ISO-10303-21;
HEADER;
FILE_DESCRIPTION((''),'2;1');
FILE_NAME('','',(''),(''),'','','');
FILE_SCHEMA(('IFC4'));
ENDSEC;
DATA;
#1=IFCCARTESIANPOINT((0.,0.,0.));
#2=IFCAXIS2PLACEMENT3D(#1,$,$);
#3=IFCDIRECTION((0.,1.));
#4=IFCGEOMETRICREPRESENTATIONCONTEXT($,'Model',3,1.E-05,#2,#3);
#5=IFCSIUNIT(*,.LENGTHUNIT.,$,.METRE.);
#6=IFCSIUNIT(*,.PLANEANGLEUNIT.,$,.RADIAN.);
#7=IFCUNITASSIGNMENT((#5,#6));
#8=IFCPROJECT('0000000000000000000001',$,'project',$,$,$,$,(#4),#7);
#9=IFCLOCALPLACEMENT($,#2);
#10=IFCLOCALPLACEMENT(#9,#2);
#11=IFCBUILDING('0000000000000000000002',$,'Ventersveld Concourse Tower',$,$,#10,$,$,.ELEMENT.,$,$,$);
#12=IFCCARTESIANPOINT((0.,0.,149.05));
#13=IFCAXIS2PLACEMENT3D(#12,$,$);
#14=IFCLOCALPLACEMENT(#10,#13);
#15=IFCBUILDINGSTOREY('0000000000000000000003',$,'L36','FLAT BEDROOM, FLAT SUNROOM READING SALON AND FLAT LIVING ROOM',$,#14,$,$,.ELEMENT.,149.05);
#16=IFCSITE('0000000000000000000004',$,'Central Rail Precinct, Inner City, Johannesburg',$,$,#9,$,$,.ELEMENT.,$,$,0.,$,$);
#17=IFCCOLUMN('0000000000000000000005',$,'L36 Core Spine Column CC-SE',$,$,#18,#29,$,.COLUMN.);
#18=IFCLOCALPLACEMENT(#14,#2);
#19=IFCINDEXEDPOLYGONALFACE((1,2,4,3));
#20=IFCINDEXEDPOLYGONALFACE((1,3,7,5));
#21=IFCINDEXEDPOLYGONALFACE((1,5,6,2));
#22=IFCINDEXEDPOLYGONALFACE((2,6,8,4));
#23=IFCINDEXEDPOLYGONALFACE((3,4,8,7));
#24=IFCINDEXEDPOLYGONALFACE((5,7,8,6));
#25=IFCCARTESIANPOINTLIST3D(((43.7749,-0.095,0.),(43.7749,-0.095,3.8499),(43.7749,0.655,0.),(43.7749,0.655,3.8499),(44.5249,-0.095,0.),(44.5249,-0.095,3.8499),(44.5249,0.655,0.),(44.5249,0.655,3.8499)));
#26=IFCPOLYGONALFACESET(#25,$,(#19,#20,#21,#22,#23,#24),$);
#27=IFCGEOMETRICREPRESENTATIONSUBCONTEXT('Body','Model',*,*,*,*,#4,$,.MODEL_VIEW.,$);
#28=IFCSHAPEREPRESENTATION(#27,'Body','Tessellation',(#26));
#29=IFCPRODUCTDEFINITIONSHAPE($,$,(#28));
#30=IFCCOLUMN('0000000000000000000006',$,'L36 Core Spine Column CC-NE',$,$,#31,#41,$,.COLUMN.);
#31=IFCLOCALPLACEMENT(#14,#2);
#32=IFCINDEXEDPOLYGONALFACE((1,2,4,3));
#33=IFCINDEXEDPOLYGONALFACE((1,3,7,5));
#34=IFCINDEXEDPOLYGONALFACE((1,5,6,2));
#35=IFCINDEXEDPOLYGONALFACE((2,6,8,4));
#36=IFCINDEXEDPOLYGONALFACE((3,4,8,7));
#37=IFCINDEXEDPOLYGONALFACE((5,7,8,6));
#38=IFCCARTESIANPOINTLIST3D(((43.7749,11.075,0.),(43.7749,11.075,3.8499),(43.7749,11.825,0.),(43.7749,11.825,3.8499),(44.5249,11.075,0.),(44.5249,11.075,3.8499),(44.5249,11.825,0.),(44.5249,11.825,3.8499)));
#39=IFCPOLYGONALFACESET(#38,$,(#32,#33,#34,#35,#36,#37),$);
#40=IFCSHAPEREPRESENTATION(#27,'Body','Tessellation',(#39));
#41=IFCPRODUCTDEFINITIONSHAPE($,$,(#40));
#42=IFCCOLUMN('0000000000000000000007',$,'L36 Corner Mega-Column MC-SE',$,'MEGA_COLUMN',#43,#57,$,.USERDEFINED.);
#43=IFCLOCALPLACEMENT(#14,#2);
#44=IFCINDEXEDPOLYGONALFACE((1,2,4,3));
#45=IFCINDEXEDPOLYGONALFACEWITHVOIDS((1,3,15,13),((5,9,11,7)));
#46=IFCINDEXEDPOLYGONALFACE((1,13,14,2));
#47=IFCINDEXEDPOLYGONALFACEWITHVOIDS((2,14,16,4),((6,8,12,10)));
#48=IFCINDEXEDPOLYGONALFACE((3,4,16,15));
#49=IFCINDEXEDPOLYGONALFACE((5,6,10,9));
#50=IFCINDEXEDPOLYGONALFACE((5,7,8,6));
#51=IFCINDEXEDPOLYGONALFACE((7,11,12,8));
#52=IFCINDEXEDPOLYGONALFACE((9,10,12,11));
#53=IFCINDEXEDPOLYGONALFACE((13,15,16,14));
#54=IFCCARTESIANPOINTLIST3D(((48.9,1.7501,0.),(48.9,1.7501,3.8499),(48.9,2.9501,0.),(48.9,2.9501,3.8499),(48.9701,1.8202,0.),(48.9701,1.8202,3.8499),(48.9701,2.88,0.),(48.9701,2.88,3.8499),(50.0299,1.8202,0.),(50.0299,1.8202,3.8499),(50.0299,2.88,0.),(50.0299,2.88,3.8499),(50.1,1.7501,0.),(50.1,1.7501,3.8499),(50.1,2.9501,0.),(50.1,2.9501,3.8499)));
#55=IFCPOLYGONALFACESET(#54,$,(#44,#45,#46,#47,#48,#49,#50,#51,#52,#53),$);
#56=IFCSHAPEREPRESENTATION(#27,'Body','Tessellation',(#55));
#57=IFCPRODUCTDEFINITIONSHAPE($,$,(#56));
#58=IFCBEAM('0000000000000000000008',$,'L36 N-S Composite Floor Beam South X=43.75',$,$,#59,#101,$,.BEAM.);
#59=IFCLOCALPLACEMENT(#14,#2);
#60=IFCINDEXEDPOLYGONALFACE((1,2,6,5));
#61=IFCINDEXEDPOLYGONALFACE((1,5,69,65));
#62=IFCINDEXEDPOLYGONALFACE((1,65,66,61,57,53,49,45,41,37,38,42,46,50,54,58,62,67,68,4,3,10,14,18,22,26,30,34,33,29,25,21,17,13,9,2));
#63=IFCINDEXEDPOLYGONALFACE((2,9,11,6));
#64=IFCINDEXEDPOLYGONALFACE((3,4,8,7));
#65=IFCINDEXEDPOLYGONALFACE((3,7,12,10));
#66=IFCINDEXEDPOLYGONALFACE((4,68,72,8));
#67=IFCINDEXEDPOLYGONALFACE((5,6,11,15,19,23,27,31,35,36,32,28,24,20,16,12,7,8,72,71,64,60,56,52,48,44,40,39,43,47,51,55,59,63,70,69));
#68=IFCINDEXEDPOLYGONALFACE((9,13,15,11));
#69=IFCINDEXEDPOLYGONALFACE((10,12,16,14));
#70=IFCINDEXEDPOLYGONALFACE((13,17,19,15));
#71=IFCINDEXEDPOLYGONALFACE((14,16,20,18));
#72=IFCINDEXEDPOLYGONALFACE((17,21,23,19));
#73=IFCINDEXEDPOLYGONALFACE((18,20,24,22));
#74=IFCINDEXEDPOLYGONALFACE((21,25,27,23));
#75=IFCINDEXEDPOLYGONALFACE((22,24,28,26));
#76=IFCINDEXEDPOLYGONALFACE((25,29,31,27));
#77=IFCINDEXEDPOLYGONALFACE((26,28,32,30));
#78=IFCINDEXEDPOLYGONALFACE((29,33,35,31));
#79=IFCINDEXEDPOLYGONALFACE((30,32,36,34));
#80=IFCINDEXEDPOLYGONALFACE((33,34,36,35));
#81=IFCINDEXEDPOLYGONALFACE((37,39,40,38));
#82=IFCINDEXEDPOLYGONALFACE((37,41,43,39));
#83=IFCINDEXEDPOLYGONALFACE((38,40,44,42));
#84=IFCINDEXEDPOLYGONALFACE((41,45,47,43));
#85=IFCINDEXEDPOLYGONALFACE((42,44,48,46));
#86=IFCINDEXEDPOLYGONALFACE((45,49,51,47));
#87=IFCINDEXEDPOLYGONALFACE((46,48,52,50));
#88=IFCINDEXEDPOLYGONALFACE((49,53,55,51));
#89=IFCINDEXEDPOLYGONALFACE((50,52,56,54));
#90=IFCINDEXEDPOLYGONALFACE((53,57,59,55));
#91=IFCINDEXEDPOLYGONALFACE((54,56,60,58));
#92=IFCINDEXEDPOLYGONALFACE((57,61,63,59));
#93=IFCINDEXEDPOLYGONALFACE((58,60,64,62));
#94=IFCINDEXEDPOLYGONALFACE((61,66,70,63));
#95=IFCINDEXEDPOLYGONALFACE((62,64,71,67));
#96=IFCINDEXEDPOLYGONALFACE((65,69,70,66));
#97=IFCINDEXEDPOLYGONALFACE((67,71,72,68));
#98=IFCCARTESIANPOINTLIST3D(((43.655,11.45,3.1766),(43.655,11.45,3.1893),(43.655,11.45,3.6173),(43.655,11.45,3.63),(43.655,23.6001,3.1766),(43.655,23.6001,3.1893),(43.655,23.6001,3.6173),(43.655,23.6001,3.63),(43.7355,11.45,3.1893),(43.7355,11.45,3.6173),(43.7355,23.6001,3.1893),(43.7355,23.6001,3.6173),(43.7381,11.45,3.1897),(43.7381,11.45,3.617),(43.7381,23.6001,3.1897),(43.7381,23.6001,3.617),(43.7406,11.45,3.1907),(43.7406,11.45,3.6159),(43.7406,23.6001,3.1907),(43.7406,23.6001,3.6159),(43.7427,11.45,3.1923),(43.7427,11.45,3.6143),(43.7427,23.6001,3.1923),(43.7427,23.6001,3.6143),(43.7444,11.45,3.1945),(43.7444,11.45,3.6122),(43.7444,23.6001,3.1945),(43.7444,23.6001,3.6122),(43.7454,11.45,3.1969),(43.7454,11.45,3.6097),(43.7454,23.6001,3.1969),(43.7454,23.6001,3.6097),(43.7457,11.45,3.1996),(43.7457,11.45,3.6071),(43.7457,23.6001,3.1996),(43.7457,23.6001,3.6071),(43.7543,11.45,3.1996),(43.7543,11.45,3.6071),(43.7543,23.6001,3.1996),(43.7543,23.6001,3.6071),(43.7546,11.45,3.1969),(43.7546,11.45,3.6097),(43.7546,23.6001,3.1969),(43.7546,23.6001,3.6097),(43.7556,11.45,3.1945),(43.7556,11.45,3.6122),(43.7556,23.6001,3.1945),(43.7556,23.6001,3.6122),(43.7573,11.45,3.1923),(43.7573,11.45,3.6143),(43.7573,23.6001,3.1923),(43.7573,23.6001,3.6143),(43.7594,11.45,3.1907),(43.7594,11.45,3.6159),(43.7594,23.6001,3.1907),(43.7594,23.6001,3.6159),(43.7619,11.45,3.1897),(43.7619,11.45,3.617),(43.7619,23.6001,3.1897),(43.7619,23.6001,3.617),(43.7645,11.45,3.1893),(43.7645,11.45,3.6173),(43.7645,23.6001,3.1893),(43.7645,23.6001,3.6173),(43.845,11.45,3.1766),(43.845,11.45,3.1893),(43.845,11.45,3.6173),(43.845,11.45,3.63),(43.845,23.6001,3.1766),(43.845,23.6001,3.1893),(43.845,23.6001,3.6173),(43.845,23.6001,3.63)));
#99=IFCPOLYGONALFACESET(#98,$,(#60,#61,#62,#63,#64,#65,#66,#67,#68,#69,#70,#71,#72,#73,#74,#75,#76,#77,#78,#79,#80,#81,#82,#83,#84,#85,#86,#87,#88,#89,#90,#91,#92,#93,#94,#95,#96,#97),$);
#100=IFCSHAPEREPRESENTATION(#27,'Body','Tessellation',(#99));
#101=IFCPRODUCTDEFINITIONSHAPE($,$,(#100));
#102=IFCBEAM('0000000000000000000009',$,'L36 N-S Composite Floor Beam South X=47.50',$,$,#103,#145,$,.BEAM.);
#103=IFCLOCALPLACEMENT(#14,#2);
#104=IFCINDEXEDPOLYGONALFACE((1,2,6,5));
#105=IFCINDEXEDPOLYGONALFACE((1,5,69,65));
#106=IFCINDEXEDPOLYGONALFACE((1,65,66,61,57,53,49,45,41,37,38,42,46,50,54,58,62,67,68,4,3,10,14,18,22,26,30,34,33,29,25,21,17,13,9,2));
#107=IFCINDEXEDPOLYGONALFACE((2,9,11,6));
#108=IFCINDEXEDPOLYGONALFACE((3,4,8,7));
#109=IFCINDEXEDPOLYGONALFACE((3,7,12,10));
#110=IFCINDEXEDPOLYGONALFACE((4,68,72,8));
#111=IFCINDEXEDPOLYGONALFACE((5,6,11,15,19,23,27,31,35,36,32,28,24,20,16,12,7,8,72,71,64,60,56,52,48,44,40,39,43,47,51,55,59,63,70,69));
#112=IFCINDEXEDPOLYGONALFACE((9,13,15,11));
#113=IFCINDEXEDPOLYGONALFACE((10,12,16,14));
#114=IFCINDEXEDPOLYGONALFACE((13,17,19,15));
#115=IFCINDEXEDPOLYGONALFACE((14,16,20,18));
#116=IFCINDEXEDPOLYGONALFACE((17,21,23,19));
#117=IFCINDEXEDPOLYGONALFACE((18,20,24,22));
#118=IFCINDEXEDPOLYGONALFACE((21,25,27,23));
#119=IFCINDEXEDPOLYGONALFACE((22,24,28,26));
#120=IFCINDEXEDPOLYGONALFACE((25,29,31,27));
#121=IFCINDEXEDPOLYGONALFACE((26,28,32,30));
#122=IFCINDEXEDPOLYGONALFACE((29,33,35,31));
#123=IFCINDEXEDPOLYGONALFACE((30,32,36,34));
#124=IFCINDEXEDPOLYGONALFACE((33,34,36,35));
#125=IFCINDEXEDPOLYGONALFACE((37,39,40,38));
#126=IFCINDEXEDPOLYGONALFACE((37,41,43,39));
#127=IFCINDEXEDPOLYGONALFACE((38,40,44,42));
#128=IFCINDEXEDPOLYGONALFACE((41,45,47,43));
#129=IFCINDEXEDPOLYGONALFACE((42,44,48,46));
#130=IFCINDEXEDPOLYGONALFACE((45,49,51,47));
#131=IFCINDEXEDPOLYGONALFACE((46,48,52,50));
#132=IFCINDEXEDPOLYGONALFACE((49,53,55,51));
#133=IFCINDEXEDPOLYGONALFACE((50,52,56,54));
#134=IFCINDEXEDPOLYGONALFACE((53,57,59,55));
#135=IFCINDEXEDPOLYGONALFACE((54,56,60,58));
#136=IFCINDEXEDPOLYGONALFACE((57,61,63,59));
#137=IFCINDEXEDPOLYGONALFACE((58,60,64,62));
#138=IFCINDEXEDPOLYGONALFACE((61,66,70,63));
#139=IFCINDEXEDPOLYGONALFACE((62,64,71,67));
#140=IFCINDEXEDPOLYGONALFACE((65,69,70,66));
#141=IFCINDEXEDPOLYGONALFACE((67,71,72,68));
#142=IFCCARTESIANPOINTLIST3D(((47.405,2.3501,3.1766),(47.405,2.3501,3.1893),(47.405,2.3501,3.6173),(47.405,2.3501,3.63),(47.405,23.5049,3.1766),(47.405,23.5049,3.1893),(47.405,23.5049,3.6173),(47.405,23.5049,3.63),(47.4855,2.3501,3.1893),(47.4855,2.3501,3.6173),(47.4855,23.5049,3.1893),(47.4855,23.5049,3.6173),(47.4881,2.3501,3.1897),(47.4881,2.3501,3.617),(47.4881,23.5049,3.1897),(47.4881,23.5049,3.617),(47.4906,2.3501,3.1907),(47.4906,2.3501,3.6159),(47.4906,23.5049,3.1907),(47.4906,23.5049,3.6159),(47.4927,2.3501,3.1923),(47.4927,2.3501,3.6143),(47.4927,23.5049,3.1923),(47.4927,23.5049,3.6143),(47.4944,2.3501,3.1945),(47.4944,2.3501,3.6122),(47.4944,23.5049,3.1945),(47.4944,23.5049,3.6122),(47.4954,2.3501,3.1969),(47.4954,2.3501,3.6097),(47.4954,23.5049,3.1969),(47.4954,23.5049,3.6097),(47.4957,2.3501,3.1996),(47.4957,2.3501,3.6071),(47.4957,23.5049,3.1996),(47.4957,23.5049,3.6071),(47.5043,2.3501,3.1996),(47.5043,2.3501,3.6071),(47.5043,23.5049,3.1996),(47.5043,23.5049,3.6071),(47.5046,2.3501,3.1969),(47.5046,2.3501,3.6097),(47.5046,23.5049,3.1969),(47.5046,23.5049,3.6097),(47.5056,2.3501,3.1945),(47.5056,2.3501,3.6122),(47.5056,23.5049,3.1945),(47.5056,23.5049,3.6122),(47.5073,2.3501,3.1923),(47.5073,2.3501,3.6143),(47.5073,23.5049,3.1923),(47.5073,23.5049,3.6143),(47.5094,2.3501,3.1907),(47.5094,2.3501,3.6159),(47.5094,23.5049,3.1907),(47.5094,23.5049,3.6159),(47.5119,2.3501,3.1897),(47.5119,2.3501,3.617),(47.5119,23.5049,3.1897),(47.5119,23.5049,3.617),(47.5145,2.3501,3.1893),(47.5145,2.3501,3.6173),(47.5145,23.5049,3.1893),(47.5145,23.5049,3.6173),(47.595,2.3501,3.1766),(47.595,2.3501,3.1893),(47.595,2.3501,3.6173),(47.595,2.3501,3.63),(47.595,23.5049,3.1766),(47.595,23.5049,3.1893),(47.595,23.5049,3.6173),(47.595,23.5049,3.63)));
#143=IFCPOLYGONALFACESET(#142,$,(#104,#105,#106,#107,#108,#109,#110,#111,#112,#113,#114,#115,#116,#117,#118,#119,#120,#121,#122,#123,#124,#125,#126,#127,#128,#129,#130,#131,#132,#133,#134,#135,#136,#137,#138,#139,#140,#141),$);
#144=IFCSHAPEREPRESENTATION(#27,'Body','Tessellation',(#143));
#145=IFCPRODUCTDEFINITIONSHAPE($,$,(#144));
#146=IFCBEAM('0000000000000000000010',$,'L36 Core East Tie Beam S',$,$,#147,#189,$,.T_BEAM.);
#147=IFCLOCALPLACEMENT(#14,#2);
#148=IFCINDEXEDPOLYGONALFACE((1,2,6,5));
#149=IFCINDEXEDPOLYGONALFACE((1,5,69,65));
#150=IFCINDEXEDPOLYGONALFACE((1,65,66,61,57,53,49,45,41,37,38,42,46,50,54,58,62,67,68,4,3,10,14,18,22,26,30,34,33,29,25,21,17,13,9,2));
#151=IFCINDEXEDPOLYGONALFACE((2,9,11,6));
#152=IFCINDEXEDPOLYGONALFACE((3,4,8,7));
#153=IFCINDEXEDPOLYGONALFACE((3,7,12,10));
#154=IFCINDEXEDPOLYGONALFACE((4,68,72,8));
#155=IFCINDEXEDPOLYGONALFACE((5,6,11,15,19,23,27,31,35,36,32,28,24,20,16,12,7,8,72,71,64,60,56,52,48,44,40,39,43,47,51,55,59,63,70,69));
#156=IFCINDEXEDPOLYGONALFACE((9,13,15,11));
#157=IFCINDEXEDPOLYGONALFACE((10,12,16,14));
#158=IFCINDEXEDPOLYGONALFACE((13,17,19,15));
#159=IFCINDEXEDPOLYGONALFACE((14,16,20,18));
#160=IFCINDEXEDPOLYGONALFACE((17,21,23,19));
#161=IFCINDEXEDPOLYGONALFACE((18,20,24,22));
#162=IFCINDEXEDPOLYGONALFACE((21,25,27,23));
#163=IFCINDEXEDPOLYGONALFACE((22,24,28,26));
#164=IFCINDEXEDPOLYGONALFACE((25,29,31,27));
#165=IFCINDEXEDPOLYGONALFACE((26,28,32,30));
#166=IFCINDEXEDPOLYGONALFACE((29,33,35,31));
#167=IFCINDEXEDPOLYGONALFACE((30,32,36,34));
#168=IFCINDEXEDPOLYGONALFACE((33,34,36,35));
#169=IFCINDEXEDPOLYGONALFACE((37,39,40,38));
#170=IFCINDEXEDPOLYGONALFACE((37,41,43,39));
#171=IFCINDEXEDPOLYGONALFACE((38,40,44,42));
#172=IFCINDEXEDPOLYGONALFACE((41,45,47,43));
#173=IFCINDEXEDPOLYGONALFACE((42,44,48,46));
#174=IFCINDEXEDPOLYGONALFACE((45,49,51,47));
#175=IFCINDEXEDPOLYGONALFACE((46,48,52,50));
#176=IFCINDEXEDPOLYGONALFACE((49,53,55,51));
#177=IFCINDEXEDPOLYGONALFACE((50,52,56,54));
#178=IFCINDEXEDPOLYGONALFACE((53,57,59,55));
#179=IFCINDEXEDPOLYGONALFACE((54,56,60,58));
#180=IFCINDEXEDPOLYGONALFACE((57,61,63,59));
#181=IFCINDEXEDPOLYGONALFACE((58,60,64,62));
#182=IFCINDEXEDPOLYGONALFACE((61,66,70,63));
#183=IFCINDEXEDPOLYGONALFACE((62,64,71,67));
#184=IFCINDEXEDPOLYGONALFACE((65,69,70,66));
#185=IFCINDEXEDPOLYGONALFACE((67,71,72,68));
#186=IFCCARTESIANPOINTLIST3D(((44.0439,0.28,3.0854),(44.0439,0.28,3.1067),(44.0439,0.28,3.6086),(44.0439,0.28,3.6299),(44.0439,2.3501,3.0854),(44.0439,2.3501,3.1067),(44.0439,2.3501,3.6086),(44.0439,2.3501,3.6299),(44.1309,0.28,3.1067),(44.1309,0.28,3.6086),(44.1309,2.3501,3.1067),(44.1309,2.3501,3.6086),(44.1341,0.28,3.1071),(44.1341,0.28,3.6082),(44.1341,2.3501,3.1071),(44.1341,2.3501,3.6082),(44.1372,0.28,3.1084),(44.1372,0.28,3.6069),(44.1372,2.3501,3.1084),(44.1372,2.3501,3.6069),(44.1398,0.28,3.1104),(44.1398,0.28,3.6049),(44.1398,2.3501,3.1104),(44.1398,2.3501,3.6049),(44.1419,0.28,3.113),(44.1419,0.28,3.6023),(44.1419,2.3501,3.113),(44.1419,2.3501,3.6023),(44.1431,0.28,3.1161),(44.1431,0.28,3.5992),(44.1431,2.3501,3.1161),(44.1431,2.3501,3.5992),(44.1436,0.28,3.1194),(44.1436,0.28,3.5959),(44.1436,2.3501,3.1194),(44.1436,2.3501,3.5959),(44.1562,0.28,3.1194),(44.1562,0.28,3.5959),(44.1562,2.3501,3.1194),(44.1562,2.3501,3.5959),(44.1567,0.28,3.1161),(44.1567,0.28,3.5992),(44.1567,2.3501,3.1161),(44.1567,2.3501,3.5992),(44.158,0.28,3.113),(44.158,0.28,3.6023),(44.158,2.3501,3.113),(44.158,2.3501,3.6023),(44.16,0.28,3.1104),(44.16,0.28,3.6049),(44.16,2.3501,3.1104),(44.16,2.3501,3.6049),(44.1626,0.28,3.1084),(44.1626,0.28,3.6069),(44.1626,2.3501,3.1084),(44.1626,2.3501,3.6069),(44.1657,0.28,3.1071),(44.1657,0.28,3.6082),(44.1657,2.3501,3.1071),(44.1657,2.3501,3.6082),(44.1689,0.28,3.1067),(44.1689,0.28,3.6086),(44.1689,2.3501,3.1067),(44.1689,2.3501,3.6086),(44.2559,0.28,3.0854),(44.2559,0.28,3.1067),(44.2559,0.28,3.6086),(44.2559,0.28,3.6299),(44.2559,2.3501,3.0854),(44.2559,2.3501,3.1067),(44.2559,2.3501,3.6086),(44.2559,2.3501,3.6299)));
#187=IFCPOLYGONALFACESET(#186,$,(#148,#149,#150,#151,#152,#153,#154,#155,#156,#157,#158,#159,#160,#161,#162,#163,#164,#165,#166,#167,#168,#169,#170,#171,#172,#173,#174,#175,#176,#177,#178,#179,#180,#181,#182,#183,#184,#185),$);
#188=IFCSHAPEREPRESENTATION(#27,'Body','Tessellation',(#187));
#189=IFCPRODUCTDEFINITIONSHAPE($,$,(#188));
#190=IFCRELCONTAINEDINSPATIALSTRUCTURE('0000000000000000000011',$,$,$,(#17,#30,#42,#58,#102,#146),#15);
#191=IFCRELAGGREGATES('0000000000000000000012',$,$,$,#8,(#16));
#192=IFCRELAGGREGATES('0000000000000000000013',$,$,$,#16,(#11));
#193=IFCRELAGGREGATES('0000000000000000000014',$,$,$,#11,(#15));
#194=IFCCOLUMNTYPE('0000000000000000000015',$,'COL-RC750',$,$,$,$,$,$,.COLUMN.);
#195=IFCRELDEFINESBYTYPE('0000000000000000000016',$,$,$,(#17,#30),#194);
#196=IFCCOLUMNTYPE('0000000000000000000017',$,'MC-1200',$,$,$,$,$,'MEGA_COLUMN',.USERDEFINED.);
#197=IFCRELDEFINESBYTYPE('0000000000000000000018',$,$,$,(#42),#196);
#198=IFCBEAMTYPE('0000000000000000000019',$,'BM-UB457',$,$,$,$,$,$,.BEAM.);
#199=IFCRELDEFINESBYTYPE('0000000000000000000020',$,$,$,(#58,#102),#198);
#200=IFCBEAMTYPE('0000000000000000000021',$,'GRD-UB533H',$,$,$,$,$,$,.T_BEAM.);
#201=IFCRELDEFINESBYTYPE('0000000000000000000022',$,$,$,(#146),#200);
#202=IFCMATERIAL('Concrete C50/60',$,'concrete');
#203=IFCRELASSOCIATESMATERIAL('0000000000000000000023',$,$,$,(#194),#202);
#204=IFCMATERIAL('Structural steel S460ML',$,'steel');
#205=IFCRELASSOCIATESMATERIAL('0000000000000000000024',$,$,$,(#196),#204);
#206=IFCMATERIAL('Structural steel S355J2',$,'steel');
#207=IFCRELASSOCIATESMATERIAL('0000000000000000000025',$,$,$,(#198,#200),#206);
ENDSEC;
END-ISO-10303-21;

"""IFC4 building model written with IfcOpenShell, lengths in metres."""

from ifc_helpers import new_model, si_unit, direction, frame, origin, origin_2d, place, context, subcontext, project, spatial, rectangle, hollow_rectangle, i_section, extrude, material, material_profile, profile_set, type_object, element, save


model = new_model("IFC4")

# Units and contexts
model_context = context("Model", 3, precision=1e-05, world=origin(), true_north=direction((0.0, 1.0)))
body_context = subcontext(model_context, "Body", "Model", "MODEL_VIEW")
ifc_project = project(units=[si_unit("LENGTHUNIT", "METRE"), si_unit("PLANEANGLEUNIT", "RADIAN")], contexts=[model_context])

# Site, building, storey
site_placement = place(None, origin())
site = spatial("IfcSite", under=ifc_project, at=site_placement, Name="Central Rail Precinct, Inner City, Johannesburg", CompositionType="ELEMENT", RefElevation=0.0)
building_placement = place(site_placement, origin())
building = spatial("IfcBuilding", under=site, at=building_placement, Name="Ventersveld Concourse Tower", CompositionType="ELEMENT")
storey_placement = place(building_placement, frame((0.0, 0.0, 149.05)))
storey = spatial("IfcBuildingStorey", under=building, at=storey_placement, Name="L36", Description="FLAT BEDROOM, FLAT SUNROOM READING SALON AND FLAT LIVING ROOM", CompositionType="ELEMENT", Elevation=149.05)

# Columns
ifc_material_1 = material(Name="Concrete C50/60", Category="concrete")
ifc_material_profile_1 = material_profile(ifc_material_1, rectangle(XDim=0.75, YDim=0.75, at=origin_2d()), Name="RC 750x750")
ifc_profile_set_1 = profile_set([ifc_material_profile_1], Name="Concrete C50/60")
column_type_1 = type_object("IfcColumnType", Name="COL-RC750", PredefinedType="COLUMN", material=ifc_profile_set_1)
for number, where, z_axis, x_axis, name in (
    (1, (44.1499, 0.28, 0.0), (0.0, 0.0, 1.0), (1.0, 0.0, 0.0), "L36 Core Spine Column CC-SE"),
    (2, (44.1499, 11.45, 0.0), (0.0, 0.0, 1.0), (1.0, 0.0, 0.0), "L36 Core Spine Column CC-NE"),
):
    element("IfcColumn", number, at=place(storey_placement, frame(where, z_axis=z_axis, x_axis=x_axis)), inside=storey, type_object=column_type_1, Name=name, PredefinedType="COLUMN", context=body_context, shape_type="SweptSolid", body=[
        extrude(rectangle(XDim=0.75, YDim=0.75, at=origin_2d()), origin(), (0.0, 0.0, 1.0), 3.8499),
    ])
ifc_material_2 = material(Name="Structural steel S460ML", Category="steel")
ifc_material_profile_2 = material_profile(ifc_material_2, hollow_rectangle(XDim=1.2, YDim=1.2, WallThickness=0.0701, at=origin_2d()), Name="BOX 1200x1200x70")
ifc_profile_set_2 = profile_set([ifc_material_profile_2], Name="Structural steel S460ML")
column_type_2 = type_object("IfcColumnType", Name="MC-1200", ElementType="MEGA_COLUMN", PredefinedType="USERDEFINED", material=ifc_profile_set_2)
column_placement = place(storey_placement, frame((49.5, 2.3501, 0.0), z_axis=(0.0, 0.0, 1.0), x_axis=(1.0, 0.0, 0.0)))
element("IfcColumn", 3, at=column_placement, inside=storey, type_object=column_type_2, Name="L36 Corner Mega-Column MC-SE", ObjectType="MEGA_COLUMN", PredefinedType="USERDEFINED", context=body_context, shape_type="SweptSolid", body=[
    extrude(hollow_rectangle(XDim=1.2, YDim=1.2, WallThickness=0.0701, at=origin_2d()), origin(), (0.0, 0.0, 1.0), 3.8499),
])

# Beams
ifc_material_3 = material(Name="Structural steel S355J2", Category="steel")
ifc_material_profile_3 = material_profile(ifc_material_3, i_section(OverallWidth=0.1899, OverallDepth=0.4534, WebThickness=0.0085, FlangeThickness=0.0127, FilletRadius=0.0103, at=origin_2d()), Name="UB 457x191x67")
ifc_profile_set_3 = profile_set([ifc_material_profile_3], Name="Structural steel S355J2")
beam_type_1 = type_object("IfcBeamType", Name="BM-UB457", PredefinedType="BEAM", material=ifc_profile_set_3)
beam_1_placement = place(storey_placement, frame((43.75, 11.45, 3.4033), z_axis=(0.0, 1.0, 0.0), x_axis=(-1.0, 0.0, 0.0)))
element("IfcBeam", 4, at=beam_1_placement, inside=storey, type_object=beam_type_1, Name="L36 N-S Composite Floor Beam South X=43.75", PredefinedType="BEAM", context=body_context, shape_type="SweptSolid", body=[
    extrude(i_section(OverallWidth=0.1899, OverallDepth=0.4534, WebThickness=0.0085, FlangeThickness=0.0127, FilletRadius=0.0103, at=origin_2d()), origin(), (0.0, 0.0, 1.0), 12.1501),
])
beam_2_placement = place(storey_placement, frame((47.5, 2.3501, 3.4033), z_axis=(0.0, 1.0, 0.0), x_axis=(-1.0, 0.0, 0.0)))
element("IfcBeam", 5, at=beam_2_placement, inside=storey, type_object=beam_type_1, Name="L36 N-S Composite Floor Beam South X=47.50", PredefinedType="BEAM", context=body_context, shape_type="SweptSolid", body=[
    extrude(i_section(OverallWidth=0.1899, OverallDepth=0.4534, WebThickness=0.0085, FlangeThickness=0.0127, FilletRadius=0.0103, at=origin_2d()), origin(), (0.0, 0.0, 1.0), 21.1548),
])
ifc_material_profile_4 = material_profile(ifc_material_3, i_section(OverallWidth=0.2119, OverallDepth=0.5444, WebThickness=0.0127, FlangeThickness=0.0212, FilletRadius=0.0127, at=origin_2d()), Name="UB 533x210x122")
ifc_profile_set_4 = profile_set([ifc_material_profile_4], Name="Structural steel S355J2")
beam_type_2 = type_object("IfcBeamType", Name="GRD-UB533H", PredefinedType="T_BEAM", material=ifc_profile_set_4)
beam_3_placement = place(storey_placement, frame((44.1499, 0.28, 3.3577), z_axis=(0.0, 1.0, 0.0), x_axis=(-1.0, 0.0, 0.0)))
element("IfcBeam", 6, at=beam_3_placement, inside=storey, type_object=beam_type_2, Name="L36 Core East Tie Beam S", PredefinedType="T_BEAM", context=body_context, shape_type="SweptSolid", body=[
    extrude(i_section(OverallWidth=0.2119, OverallDepth=0.5444, WebThickness=0.0127, FlangeThickness=0.0212, FilletRadius=0.0127, at=origin_2d()), origin(), (0.0, 0.0, 1.0), 2.0701),
])

save(model, "model.ifc")
